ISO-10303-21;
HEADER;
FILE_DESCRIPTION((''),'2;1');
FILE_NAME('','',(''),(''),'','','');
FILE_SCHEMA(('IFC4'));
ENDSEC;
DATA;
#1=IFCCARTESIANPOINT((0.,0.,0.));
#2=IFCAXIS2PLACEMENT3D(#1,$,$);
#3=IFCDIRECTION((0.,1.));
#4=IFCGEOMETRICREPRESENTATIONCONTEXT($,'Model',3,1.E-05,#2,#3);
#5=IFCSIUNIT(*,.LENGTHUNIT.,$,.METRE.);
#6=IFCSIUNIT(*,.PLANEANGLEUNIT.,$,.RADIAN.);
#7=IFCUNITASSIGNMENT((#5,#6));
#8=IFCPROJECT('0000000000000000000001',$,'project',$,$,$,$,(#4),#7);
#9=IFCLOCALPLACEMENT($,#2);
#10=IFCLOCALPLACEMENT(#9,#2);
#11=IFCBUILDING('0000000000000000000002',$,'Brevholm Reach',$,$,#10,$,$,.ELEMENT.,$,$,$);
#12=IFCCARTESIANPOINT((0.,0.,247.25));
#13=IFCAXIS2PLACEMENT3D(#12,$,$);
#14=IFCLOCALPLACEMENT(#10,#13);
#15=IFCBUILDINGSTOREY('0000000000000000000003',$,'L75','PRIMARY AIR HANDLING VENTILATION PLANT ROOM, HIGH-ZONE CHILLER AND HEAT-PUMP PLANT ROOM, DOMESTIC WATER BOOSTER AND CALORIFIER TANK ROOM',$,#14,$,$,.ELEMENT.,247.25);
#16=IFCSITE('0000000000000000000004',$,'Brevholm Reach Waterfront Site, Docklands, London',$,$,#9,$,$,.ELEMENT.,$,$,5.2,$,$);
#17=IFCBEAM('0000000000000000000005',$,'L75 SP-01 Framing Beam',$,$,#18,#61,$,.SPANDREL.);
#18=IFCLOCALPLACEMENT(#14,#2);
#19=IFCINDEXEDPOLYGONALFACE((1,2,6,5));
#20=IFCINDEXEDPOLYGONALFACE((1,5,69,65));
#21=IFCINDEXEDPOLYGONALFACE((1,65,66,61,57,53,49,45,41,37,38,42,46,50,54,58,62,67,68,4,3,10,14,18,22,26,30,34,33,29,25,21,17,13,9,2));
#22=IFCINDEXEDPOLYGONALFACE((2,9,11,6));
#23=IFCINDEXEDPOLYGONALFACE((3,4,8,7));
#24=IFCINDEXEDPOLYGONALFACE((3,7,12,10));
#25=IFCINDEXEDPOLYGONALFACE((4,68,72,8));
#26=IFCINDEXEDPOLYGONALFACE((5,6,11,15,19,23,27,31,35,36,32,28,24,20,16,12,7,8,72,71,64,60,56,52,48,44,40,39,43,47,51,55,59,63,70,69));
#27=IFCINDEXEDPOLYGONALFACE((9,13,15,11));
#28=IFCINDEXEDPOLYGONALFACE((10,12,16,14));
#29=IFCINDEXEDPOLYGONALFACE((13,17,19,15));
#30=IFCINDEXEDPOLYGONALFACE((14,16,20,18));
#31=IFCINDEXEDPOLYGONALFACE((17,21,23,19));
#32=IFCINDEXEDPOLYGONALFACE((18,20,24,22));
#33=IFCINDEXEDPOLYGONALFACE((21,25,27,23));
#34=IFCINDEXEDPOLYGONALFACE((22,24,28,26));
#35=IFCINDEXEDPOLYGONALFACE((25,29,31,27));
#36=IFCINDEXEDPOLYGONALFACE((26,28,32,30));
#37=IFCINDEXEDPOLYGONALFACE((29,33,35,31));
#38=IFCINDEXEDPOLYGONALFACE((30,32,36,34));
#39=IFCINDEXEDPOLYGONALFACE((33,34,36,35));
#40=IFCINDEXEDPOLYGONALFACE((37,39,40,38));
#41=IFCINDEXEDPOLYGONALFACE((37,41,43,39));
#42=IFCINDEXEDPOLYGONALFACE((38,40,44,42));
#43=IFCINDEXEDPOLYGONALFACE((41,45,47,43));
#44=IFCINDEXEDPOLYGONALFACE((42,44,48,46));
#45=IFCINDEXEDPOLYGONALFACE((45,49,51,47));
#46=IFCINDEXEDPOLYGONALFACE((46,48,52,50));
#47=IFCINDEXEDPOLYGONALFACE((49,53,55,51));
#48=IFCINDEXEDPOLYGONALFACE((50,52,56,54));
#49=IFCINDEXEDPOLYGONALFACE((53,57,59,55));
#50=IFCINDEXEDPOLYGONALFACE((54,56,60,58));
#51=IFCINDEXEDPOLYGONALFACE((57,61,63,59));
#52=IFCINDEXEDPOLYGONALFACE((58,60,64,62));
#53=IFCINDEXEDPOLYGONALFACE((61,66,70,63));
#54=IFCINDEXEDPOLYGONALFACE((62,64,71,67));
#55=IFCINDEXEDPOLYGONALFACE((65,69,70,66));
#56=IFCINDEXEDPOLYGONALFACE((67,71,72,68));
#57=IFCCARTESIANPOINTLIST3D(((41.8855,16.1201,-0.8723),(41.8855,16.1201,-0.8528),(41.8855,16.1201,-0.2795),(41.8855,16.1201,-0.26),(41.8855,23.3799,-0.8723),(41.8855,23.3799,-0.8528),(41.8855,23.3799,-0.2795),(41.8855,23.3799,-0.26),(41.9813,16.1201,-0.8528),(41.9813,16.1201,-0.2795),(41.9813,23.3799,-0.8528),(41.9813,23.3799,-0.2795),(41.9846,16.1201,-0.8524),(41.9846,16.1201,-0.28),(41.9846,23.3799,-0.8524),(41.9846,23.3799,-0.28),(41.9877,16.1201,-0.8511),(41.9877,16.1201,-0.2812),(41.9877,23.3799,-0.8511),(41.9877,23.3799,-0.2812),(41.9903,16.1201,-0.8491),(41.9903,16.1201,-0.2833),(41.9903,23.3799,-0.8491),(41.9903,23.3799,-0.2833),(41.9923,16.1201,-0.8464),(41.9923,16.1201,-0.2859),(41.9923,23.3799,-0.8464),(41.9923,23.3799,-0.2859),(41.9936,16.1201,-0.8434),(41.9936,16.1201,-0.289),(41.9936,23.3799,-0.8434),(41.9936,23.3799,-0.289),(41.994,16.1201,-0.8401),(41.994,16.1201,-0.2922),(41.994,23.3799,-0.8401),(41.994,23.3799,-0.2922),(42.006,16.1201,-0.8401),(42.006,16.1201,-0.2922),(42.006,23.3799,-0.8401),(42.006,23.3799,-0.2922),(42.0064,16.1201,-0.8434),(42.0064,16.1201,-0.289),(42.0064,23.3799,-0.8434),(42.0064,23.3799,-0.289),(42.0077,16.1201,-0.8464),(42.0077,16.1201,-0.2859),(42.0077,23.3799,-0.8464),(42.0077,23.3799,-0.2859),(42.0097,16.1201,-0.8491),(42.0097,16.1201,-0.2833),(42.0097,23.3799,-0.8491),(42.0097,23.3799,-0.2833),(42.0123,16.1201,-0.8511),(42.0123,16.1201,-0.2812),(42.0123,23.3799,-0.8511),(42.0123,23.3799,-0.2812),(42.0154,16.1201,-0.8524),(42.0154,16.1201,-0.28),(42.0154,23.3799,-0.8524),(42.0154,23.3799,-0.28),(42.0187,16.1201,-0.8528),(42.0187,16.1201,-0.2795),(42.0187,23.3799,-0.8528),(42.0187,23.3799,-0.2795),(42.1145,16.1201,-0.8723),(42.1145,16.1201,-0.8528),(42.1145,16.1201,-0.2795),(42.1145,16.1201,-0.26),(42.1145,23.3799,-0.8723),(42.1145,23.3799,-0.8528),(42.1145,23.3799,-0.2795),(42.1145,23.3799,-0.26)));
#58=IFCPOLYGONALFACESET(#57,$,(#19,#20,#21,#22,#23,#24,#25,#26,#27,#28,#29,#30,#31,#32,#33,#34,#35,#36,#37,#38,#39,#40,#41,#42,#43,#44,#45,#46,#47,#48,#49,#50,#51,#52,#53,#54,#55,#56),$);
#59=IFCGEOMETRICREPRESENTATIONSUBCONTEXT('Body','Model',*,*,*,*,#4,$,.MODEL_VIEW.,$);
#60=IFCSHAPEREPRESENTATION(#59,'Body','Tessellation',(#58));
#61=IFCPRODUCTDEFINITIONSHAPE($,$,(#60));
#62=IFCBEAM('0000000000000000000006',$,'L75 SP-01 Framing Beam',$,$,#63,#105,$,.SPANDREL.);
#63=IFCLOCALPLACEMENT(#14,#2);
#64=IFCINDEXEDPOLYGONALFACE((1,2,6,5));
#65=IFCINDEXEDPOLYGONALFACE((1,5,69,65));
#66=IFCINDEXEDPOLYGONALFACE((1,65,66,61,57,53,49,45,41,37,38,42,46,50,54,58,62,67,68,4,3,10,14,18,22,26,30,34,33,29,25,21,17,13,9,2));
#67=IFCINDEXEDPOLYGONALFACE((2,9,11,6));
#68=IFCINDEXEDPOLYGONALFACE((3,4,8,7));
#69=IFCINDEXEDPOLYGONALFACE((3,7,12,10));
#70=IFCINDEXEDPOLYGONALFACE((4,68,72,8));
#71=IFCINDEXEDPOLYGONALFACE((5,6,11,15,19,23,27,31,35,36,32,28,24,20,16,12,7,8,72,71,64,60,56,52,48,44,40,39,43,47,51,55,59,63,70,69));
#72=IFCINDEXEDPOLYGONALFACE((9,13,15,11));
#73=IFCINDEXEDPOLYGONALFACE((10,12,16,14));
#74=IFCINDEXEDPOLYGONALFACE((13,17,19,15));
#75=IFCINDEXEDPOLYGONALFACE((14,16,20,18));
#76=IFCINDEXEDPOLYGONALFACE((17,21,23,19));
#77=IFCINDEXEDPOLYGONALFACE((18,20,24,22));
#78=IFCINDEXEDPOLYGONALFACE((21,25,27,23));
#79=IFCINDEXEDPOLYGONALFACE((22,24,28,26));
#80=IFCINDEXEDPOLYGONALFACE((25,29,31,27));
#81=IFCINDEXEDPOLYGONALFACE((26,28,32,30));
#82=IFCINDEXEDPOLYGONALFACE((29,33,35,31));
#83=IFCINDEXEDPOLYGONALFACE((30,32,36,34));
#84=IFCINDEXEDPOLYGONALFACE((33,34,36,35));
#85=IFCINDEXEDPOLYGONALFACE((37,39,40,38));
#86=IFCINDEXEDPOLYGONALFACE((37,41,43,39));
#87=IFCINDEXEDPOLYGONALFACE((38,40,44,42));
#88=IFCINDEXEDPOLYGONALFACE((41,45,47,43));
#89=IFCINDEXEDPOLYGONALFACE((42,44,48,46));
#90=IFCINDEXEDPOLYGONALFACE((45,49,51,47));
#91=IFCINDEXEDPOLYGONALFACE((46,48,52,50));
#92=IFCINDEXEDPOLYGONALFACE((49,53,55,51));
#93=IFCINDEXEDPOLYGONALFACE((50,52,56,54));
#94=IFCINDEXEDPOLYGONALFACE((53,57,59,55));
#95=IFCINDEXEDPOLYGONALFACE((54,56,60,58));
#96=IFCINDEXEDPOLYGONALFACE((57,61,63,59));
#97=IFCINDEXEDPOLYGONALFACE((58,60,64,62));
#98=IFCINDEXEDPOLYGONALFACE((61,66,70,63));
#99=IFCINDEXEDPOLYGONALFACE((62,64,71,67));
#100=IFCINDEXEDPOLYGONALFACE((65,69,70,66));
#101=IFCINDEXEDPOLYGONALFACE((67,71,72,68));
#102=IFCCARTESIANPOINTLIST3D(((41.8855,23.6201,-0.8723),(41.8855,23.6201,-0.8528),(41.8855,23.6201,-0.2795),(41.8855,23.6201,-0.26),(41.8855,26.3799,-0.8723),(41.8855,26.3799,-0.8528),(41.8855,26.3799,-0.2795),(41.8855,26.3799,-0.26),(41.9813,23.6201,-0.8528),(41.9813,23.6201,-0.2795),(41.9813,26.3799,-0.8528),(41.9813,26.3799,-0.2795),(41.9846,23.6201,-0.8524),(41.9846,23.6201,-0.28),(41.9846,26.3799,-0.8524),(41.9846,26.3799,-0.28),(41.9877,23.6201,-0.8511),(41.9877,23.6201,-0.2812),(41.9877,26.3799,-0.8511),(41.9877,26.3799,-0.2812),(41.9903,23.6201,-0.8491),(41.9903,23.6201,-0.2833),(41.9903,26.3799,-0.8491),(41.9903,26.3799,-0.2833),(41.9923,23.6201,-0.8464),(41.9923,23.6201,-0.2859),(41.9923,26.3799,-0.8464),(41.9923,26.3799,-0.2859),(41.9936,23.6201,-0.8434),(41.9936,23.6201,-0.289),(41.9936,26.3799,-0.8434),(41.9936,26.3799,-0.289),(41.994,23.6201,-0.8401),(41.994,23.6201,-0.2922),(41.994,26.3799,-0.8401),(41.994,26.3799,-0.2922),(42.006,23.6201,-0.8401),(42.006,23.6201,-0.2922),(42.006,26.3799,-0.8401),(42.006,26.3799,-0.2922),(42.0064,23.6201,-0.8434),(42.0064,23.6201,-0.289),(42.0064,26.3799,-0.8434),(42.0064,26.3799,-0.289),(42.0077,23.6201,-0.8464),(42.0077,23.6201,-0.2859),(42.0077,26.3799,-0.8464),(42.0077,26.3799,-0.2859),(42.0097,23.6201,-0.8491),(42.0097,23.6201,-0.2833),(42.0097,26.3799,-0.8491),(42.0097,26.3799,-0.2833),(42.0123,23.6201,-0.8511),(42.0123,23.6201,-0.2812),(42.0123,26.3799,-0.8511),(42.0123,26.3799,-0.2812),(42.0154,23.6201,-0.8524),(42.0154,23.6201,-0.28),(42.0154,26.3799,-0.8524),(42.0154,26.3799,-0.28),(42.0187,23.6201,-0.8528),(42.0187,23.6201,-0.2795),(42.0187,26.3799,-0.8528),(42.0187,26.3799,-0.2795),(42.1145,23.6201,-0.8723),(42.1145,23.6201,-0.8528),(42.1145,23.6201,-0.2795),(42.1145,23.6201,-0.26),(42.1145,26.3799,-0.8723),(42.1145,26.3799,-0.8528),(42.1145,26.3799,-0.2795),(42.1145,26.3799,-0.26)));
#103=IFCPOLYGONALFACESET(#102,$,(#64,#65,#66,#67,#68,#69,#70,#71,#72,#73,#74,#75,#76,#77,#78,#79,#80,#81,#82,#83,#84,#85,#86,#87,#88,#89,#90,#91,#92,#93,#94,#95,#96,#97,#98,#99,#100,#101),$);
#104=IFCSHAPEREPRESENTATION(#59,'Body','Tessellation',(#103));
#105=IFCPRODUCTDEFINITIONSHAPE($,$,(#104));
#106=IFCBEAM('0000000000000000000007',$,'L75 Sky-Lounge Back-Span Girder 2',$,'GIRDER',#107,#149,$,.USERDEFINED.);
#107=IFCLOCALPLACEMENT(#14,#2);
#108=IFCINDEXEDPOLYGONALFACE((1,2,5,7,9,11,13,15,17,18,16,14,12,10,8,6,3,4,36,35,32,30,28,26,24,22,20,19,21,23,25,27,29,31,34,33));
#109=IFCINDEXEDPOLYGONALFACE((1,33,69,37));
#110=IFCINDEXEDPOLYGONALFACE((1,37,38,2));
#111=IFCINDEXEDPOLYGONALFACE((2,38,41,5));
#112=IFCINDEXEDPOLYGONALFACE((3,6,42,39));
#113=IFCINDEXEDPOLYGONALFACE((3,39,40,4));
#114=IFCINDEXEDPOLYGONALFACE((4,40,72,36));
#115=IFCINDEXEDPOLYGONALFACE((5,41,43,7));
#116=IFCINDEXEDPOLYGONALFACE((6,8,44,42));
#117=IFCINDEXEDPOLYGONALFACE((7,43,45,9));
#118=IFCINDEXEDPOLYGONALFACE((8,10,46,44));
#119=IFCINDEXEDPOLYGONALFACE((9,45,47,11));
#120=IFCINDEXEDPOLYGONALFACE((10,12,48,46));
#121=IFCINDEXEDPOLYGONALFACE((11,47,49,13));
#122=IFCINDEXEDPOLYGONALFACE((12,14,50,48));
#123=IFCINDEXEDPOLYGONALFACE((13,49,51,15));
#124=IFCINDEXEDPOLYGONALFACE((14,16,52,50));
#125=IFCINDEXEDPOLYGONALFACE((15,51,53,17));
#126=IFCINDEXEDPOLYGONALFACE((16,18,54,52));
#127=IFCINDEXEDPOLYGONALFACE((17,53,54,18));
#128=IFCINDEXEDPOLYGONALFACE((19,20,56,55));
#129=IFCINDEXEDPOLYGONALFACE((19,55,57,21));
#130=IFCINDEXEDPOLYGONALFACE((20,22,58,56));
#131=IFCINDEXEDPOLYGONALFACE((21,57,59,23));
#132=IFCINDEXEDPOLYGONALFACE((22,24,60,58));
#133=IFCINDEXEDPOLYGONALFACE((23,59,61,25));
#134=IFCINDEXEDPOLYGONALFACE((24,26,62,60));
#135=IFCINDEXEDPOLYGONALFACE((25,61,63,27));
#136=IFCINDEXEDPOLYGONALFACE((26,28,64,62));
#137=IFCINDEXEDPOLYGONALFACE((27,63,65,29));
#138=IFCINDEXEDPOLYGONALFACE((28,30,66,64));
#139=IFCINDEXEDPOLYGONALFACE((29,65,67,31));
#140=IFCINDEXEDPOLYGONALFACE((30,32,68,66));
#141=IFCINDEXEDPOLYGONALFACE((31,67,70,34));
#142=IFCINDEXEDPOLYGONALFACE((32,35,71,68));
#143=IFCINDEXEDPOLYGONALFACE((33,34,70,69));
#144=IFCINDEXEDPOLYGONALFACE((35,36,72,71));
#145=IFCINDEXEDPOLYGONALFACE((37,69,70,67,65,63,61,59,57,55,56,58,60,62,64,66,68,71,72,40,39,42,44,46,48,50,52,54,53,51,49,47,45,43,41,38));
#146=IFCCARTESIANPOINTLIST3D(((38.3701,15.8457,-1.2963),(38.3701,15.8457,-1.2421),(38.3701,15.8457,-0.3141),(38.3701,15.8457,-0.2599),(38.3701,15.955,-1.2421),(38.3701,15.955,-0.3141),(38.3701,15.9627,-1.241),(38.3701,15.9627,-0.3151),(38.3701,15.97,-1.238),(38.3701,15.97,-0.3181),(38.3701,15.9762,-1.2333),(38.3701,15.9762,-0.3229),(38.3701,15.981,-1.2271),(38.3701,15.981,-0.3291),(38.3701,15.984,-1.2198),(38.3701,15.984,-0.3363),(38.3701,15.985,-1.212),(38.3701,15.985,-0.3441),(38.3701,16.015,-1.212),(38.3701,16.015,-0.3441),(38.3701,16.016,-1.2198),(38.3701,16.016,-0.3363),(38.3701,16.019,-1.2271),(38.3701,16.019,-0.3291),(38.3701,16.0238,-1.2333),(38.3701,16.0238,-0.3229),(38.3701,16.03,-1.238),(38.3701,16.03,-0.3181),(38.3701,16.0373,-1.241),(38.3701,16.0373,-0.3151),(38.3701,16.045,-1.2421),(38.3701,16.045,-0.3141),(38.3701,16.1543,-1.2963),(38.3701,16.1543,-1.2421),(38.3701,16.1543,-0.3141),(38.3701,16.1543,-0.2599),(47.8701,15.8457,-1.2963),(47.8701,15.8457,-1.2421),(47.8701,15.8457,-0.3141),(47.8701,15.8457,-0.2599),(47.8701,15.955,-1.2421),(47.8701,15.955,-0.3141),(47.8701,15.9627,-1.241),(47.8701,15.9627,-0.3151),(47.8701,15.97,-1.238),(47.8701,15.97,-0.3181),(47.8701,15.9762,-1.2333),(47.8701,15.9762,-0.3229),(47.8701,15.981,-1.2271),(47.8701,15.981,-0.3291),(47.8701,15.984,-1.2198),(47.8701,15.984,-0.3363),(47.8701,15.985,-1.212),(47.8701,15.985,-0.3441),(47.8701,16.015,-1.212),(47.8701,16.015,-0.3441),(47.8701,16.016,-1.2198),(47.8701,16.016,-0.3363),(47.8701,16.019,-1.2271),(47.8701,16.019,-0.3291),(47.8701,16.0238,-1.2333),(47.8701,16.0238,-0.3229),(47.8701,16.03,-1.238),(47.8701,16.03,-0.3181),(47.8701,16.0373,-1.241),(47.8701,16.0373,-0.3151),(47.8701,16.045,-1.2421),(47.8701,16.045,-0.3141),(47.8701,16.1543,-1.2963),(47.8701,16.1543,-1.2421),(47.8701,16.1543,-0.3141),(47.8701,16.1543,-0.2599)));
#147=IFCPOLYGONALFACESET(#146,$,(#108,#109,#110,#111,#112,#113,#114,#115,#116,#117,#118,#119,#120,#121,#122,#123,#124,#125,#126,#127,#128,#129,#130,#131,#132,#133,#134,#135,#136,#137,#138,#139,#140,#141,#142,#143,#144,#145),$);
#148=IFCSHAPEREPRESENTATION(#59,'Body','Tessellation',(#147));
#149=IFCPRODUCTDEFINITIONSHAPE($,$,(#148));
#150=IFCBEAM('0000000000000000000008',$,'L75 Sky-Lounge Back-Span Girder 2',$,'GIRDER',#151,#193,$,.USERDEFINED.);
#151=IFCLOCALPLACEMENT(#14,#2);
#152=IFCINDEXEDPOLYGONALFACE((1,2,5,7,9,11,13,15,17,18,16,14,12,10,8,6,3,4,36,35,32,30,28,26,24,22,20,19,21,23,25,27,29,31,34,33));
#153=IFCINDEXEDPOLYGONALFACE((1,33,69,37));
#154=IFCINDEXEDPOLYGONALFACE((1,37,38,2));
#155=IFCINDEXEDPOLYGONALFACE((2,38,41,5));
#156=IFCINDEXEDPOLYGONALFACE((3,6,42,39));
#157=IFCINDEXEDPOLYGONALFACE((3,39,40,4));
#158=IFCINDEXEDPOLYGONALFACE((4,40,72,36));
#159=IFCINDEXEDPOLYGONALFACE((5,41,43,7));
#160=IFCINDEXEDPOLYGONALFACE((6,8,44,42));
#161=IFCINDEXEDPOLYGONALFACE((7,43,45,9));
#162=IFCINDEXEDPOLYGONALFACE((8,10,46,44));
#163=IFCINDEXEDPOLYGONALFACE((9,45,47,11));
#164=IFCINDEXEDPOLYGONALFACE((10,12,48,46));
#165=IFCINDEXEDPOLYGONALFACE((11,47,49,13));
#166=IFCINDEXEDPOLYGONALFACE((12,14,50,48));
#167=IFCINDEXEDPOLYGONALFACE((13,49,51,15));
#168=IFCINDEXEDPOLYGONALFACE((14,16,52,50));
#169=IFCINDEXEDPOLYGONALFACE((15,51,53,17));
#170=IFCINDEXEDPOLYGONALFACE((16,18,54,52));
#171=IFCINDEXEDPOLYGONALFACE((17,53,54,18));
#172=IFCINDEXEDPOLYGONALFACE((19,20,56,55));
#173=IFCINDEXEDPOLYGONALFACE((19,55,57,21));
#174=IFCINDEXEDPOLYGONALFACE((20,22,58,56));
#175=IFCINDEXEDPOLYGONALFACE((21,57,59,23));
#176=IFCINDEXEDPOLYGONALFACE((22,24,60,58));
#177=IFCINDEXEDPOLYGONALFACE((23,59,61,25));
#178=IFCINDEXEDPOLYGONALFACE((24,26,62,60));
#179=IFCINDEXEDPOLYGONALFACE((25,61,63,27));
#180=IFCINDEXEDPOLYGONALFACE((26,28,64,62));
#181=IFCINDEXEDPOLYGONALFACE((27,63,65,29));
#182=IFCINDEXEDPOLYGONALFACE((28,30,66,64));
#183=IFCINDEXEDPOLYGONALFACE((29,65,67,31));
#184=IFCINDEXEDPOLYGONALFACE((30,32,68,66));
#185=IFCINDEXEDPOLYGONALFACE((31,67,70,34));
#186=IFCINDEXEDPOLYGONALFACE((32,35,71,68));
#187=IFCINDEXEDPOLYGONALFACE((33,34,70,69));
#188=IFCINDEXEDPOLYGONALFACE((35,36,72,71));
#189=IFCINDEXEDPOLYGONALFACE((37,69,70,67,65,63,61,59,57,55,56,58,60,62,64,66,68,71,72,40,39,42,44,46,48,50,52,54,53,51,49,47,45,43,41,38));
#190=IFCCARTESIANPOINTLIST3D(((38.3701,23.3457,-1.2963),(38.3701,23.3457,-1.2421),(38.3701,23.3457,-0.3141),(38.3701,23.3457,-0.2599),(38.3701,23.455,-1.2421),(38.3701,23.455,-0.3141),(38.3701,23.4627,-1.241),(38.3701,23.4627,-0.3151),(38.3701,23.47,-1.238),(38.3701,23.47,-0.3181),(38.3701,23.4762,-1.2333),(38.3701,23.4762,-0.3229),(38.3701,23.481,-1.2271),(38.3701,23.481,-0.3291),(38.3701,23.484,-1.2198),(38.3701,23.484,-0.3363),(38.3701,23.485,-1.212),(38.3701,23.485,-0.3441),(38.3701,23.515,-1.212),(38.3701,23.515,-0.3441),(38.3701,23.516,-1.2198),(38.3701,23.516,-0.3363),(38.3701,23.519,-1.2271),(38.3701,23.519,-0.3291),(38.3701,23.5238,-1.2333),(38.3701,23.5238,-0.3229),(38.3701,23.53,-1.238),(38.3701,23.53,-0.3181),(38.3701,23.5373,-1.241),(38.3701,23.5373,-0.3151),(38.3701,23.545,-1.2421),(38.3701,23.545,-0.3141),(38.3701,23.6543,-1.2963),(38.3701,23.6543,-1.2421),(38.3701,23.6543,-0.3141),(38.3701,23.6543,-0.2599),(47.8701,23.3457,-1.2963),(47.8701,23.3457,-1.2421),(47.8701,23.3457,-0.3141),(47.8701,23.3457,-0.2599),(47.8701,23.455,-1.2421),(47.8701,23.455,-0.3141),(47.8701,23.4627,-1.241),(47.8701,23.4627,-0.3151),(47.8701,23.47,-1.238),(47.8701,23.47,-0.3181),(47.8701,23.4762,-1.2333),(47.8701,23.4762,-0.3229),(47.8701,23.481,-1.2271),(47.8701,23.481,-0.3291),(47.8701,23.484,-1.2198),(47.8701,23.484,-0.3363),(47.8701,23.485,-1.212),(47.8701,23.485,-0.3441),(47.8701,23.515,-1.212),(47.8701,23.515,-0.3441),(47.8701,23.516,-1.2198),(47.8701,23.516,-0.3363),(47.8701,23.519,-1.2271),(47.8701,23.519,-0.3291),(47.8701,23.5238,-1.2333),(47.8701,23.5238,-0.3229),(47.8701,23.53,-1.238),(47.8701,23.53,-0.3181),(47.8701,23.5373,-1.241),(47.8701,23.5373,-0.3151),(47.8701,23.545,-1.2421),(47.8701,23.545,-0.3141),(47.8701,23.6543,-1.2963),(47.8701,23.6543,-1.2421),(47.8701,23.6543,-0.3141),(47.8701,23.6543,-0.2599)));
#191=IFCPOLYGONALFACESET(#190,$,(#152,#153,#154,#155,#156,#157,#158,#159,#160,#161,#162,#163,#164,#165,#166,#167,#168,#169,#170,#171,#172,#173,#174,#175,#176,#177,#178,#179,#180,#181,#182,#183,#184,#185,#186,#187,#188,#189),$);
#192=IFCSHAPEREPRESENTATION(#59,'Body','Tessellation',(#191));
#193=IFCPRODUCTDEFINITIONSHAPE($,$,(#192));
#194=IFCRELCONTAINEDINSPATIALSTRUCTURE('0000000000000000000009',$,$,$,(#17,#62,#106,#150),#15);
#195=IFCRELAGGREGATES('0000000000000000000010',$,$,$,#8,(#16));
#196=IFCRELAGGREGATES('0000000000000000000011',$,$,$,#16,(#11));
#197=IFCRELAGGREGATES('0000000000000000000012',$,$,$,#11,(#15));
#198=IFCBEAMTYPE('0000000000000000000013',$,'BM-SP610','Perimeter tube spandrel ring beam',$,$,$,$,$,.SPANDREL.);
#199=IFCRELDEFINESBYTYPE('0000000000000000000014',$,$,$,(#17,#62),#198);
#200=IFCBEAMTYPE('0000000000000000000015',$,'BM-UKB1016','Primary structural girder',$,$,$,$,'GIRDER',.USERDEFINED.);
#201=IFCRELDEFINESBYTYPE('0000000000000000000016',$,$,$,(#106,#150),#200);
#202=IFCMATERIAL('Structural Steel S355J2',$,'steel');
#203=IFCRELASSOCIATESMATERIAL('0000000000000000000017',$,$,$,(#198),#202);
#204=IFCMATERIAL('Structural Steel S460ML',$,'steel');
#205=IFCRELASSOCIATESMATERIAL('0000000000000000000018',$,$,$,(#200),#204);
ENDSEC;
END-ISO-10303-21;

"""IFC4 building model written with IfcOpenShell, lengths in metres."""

from ifc_helpers import new_model, si_unit, direction, frame, origin, origin_2d, place, context, subcontext, project, spatial, i_section, extrude, material, material_profile, profile_set, type_object, element, save


model = new_model("IFC4")

# Units and contexts
model_context = context("Model", 3, precision=1e-05, world=origin(), true_north=direction((0.0, 1.0)))
body_context = subcontext(model_context, "Body", "Model", "MODEL_VIEW")
ifc_project = project(units=[si_unit("LENGTHUNIT", "METRE"), si_unit("PLANEANGLEUNIT", "RADIAN")], contexts=[model_context])

# Site, building, storey
site_placement = place(None, origin())
site = spatial("IfcSite", under=ifc_project, at=site_placement, Name="Brevholm Reach Waterfront Site, Docklands, London", CompositionType="ELEMENT", RefElevation=5.2)
building_placement = place(site_placement, origin())
building = spatial("IfcBuilding", under=site, at=building_placement, Name="Brevholm Reach", CompositionType="ELEMENT")
storey_placement = place(building_placement, frame((0.0, 0.0, 247.25)))
storey = spatial("IfcBuildingStorey", under=building, at=storey_placement, Name="L75", Description="PRIMARY AIR HANDLING VENTILATION PLANT ROOM, HIGH-ZONE CHILLER AND HEAT-PUMP PLANT ROOM, DOMESTIC WATER BOOSTER AND CALORIFIER TANK ROOM", CompositionType="ELEMENT", Elevation=247.25)

# Beams
ifc_material_1 = material(Name="Structural Steel S355J2", Category="steel")
ifc_material_profile_1 = material_profile(ifc_material_1, i_section(OverallWidth=0.229, OverallDepth=0.6123, WebThickness=0.012, FlangeThickness=0.0195, FilletRadius=0.0127, at=origin_2d()), Name="UKB 610x229x125")
ifc_profile_set_1 = profile_set([ifc_material_profile_1], Name="Structural Steel S355J2")
beam_type_1 = type_object("IfcBeamType", Name="BM-SP610", Description="Perimeter tube spandrel ring beam", PredefinedType="SPANDREL", material=ifc_profile_set_1)
beam_1_placement = place(storey_placement, frame((42.0, 16.1201, -0.5662), z_axis=(0.0, 1.0, 0.0), x_axis=(-1.0, 0.0, 0.0)))
element("IfcBeam", 1, at=beam_1_placement, inside=storey, type_object=beam_type_1, Name="L75 SP-01 Framing Beam", PredefinedType="SPANDREL", context=body_context, shape_type="SweptSolid", body=[
    extrude(i_section(OverallWidth=0.229, OverallDepth=0.6123, WebThickness=0.012, FlangeThickness=0.0195, FilletRadius=0.0127, at=origin_2d()), origin(), (0.0, 0.0, 1.0), 7.2598),
])
beam_2_placement = place(storey_placement, frame((42.0, 23.6201, -0.5662), z_axis=(0.0, 1.0, 0.0), x_axis=(-1.0, 0.0, 0.0)))
element("IfcBeam", 2, at=beam_2_placement, inside=storey, type_object=beam_type_1, Name="L75 SP-01 Framing Beam", PredefinedType="SPANDREL", context=body_context, shape_type="SweptSolid", body=[
    extrude(i_section(OverallWidth=0.229, OverallDepth=0.6123, WebThickness=0.012, FlangeThickness=0.0195, FilletRadius=0.0127, at=origin_2d()), origin(), (0.0, 0.0, 1.0), 2.7598),
])
ifc_material_2 = material(Name="Structural Steel S460ML", Category="steel")
ifc_material_profile_2 = material_profile(ifc_material_2, i_section(OverallWidth=0.3086, OverallDepth=1.0364, WebThickness=0.03, FlangeThickness=0.0542, FilletRadius=0.03, at=origin_2d()), Name="UKB 1016x305x487")
ifc_profile_set_2 = profile_set([ifc_material_profile_2], Name="Structural Steel S460ML")
beam_type_2 = type_object("IfcBeamType", Name="BM-UKB1016", Description="Primary structural girder", ElementType="GIRDER", PredefinedType="USERDEFINED", material=ifc_profile_set_2)
for number, where, z_axis, x_axis, name in (
    (3, (38.3701, 16.0, -0.7781), (1.0, 0.0, 0.0), (0.0, 1.0, 0.0), "L75 Sky-Lounge Back-Span Girder 2"),
    (4, (38.3701, 23.5, -0.7781), (1.0, 0.0, 0.0), (0.0, 1.0, 0.0), "L75 Sky-Lounge Back-Span Girder 2"),
):
    element("IfcBeam", number, at=place(storey_placement, frame(where, z_axis=z_axis, x_axis=x_axis)), inside=storey, type_object=beam_type_2, Name=name, ObjectType="GIRDER", PredefinedType="USERDEFINED", context=body_context, shape_type="SweptSolid", body=[
        extrude(i_section(OverallWidth=0.3086, OverallDepth=1.0364, WebThickness=0.03, FlangeThickness=0.0542, FilletRadius=0.03, at=origin_2d()), origin(), (0.0, 0.0, 1.0), 9.5),
    ])

save(model, "model.ifc")
